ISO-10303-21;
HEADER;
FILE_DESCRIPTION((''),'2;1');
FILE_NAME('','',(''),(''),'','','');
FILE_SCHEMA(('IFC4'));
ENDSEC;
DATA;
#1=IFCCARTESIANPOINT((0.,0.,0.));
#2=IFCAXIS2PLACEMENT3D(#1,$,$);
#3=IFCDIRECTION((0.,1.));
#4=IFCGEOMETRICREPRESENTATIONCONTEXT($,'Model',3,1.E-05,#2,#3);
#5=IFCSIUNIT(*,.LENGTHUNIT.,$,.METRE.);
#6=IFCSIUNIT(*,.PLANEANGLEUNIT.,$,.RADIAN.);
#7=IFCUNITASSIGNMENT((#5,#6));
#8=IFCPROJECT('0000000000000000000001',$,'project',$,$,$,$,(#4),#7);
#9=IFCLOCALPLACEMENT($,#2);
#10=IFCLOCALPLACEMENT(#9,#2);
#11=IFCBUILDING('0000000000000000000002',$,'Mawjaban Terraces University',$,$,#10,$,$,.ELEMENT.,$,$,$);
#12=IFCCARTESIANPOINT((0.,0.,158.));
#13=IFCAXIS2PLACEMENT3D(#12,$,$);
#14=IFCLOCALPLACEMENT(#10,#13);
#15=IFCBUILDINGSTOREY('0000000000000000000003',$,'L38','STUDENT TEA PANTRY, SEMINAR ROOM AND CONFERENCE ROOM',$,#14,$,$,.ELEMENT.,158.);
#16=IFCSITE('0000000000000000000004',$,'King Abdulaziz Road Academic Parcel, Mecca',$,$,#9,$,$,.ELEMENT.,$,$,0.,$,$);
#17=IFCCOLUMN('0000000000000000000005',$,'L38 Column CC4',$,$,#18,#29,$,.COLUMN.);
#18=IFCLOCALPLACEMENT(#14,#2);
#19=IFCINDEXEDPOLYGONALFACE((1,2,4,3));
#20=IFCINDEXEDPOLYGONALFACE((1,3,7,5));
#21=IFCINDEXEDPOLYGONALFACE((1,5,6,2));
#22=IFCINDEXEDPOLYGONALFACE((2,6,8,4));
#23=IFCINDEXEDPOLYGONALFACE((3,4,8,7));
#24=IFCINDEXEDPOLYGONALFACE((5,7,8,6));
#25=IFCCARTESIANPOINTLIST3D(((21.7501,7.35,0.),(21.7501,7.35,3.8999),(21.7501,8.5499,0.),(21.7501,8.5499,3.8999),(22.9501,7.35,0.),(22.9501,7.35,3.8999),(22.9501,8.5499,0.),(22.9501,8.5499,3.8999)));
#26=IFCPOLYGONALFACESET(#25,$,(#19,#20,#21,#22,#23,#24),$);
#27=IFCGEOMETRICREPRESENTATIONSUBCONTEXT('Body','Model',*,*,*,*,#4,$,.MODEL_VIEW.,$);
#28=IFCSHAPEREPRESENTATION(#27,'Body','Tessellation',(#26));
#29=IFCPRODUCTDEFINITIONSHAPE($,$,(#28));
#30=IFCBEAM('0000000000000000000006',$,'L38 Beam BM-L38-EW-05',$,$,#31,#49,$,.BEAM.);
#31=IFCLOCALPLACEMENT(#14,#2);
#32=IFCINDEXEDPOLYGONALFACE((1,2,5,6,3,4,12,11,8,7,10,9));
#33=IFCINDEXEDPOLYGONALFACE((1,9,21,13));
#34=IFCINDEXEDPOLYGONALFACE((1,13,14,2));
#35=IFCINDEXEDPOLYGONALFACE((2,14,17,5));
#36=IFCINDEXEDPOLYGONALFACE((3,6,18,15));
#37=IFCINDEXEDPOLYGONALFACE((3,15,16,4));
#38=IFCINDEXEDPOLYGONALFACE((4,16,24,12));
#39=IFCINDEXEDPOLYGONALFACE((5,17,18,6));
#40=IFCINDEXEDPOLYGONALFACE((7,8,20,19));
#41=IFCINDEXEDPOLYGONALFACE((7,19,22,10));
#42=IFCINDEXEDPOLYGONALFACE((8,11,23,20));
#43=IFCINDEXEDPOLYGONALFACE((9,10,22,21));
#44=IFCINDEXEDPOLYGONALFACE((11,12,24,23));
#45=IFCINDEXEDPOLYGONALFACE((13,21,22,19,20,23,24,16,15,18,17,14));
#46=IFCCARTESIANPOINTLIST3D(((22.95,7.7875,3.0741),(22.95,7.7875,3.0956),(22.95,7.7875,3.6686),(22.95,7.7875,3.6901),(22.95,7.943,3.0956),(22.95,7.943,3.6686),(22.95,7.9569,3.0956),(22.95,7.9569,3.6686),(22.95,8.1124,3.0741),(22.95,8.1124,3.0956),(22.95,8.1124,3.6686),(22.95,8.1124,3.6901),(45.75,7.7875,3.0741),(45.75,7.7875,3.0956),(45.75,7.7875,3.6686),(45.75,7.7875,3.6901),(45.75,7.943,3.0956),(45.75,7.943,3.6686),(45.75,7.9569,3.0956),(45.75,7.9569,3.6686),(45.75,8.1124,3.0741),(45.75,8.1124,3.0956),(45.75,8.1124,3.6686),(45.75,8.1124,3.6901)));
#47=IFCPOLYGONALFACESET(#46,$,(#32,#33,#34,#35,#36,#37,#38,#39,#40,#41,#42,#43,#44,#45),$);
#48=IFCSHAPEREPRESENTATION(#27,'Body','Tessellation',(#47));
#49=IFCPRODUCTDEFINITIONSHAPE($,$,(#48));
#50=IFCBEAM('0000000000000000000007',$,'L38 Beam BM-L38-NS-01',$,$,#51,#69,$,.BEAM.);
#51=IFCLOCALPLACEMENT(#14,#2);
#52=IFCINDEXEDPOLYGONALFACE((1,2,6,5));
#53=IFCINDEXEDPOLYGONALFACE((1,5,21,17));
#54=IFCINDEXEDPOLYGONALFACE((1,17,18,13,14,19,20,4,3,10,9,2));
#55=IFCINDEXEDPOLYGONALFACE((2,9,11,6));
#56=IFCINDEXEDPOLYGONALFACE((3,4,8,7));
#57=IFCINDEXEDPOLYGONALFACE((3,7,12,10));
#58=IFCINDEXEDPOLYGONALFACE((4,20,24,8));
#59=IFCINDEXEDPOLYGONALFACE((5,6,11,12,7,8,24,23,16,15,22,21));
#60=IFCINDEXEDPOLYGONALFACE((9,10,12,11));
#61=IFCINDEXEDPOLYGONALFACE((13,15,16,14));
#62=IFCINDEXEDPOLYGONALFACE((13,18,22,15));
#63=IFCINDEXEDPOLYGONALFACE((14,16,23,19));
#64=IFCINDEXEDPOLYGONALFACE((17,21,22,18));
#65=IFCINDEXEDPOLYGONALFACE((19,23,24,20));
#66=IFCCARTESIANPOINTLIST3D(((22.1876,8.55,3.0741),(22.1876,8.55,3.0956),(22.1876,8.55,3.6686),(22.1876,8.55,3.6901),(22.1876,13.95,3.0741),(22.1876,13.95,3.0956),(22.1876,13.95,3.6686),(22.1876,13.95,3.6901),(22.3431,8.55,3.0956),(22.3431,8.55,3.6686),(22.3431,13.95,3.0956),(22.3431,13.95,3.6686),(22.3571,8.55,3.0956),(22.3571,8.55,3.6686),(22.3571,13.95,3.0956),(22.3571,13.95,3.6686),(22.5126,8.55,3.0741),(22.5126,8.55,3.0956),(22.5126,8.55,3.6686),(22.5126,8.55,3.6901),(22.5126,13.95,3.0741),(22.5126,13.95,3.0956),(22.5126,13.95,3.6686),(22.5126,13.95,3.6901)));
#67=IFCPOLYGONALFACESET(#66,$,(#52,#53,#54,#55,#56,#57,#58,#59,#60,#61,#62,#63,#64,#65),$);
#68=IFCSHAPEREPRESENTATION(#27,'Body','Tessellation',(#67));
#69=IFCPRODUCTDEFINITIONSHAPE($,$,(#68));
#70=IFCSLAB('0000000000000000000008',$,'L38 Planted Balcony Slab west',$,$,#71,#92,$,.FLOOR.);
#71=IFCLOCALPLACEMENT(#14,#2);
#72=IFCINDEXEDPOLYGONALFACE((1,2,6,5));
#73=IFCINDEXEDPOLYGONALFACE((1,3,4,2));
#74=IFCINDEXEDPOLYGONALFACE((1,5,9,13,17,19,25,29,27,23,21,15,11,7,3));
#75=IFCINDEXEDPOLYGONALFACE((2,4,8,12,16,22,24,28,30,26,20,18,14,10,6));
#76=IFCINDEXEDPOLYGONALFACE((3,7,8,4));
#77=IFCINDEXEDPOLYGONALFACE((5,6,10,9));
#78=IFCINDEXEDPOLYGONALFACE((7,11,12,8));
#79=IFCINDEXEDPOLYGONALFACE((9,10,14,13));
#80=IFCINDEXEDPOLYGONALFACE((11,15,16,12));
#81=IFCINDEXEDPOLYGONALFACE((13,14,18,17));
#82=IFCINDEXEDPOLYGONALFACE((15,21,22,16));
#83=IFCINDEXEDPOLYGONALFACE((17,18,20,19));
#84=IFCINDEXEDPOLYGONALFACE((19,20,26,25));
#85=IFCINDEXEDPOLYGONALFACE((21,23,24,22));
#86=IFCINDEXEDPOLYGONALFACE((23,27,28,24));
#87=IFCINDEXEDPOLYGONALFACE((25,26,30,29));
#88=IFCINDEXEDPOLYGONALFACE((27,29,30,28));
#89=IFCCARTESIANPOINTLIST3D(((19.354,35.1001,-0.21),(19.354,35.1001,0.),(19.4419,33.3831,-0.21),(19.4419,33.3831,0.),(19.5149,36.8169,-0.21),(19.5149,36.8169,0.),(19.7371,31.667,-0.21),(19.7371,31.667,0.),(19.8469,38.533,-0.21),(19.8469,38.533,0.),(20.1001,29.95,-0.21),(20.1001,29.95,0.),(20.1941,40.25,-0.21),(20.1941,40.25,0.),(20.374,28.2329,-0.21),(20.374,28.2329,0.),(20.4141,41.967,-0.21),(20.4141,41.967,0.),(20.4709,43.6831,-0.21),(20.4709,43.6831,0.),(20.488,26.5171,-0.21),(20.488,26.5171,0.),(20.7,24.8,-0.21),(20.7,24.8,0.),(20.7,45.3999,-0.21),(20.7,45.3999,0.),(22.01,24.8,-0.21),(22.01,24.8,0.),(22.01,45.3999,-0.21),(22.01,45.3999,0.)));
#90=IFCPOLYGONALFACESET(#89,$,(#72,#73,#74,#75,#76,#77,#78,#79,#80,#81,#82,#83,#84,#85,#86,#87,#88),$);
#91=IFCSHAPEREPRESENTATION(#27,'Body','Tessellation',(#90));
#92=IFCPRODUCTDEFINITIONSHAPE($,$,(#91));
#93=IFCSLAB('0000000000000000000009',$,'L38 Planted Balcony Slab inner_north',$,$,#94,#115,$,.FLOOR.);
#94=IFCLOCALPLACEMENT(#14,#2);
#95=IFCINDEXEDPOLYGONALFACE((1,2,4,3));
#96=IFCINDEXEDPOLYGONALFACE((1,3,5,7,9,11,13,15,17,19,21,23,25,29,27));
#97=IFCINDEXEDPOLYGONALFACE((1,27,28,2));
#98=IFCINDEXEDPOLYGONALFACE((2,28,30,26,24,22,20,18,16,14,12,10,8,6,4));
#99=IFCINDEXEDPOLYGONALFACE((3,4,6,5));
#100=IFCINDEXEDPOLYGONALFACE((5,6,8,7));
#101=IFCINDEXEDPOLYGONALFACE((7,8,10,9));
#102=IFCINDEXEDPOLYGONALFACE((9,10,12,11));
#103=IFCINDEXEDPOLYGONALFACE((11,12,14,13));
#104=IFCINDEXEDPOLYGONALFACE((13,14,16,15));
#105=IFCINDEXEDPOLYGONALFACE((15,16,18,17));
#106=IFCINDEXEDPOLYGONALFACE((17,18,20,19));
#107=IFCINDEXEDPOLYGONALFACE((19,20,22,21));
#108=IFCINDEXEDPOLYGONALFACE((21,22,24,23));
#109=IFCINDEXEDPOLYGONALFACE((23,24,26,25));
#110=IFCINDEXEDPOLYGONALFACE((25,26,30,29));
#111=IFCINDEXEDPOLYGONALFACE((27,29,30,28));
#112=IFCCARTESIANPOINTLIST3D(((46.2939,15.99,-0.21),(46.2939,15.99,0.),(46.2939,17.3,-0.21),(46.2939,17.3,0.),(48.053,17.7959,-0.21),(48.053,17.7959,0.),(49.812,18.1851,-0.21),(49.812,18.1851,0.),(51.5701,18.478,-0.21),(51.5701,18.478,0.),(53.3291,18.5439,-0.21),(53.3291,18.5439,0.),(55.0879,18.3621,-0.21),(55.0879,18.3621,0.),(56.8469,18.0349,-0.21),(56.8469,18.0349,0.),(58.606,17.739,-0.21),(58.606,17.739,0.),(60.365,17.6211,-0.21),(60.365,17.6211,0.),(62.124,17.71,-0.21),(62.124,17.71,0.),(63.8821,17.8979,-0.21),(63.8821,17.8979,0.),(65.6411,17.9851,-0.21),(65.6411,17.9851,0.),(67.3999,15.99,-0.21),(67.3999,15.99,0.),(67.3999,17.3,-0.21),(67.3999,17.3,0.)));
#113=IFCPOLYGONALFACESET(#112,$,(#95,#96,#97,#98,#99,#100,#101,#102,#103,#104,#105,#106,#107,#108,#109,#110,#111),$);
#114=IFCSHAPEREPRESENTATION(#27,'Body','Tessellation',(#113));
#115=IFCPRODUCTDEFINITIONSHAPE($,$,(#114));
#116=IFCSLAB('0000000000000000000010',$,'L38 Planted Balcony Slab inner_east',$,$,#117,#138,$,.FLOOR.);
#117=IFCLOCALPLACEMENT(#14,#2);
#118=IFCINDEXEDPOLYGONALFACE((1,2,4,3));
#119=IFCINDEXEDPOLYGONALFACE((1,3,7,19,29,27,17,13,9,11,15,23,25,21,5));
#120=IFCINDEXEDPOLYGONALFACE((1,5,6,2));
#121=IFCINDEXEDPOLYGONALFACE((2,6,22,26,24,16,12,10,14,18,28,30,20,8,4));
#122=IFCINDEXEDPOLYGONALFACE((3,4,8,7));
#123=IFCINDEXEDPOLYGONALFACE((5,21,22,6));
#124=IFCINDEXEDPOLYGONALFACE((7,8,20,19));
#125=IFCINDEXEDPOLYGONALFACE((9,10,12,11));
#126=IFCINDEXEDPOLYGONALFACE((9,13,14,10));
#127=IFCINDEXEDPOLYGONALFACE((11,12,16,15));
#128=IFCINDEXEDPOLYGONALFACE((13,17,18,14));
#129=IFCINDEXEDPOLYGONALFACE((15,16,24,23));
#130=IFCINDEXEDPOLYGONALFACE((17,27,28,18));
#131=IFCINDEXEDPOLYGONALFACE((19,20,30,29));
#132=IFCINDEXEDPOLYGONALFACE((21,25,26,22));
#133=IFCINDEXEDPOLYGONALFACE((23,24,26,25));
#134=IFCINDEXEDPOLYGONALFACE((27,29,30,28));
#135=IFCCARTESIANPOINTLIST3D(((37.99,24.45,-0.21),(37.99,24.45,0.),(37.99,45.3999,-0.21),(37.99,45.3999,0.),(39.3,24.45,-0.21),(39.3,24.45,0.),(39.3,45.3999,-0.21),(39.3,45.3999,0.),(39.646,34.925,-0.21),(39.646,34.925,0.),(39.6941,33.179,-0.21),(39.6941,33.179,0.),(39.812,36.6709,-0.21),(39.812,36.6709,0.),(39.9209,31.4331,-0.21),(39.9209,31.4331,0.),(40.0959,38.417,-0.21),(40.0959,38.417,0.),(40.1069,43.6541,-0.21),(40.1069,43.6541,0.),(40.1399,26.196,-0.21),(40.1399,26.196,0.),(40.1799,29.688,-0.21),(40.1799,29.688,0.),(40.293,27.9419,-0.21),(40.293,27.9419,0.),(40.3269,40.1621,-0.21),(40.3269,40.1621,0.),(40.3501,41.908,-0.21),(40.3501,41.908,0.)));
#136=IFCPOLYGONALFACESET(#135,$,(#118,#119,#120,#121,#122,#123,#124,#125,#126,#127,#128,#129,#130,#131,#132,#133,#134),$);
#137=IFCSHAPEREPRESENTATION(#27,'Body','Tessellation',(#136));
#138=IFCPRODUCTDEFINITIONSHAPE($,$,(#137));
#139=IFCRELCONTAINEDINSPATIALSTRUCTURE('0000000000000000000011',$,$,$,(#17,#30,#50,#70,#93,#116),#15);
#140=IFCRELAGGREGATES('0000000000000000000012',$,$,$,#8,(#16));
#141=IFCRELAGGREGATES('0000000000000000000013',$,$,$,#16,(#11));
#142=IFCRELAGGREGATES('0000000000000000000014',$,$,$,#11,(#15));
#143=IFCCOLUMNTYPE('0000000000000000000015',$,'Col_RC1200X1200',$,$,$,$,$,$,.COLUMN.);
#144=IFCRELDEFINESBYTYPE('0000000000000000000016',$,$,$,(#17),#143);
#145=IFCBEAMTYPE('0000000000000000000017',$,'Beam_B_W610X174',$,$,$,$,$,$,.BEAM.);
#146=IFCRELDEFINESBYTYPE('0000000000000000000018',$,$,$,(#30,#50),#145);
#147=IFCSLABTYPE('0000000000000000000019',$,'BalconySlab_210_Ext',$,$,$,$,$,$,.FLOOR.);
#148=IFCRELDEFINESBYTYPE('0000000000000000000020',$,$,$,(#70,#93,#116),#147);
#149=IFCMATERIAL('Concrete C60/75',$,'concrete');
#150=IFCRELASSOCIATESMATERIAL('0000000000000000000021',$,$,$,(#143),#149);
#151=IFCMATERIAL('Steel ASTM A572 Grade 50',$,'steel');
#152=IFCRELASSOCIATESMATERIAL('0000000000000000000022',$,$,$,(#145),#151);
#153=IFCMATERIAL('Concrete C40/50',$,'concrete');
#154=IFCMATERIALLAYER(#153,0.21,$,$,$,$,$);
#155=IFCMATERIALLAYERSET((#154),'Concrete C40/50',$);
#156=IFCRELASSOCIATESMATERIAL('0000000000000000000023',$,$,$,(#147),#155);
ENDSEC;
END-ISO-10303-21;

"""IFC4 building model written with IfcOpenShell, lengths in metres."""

from ifc_helpers import new_model, si_unit, direction, frame, origin, origin_2d, place, context, subcontext, project, spatial, polyline, rectangle, i_section, outline, extrude, material, layer, layer_set, material_profile, profile_set, type_object, element, save


model = new_model("IFC4")

# Units and contexts
model_context = context("Model", 3, precision=1e-05, world=origin(), true_north=direction((0.0, 1.0)))
body_context = subcontext(model_context, "Body", "Model", "MODEL_VIEW")
ifc_project = project(units=[si_unit("LENGTHUNIT", "METRE"), si_unit("PLANEANGLEUNIT", "RADIAN")], contexts=[model_context])

# Site, building, storey
site_placement = place(None, origin())
site = spatial("IfcSite", under=ifc_project, at=site_placement, Name="King Abdulaziz Road Academic Parcel, Mecca", CompositionType="ELEMENT", RefElevation=0.0)
building_placement = place(site_placement, origin())
building = spatial("IfcBuilding", under=site, at=building_placement, Name="Mawjaban Terraces University", CompositionType="ELEMENT")
storey_placement = place(building_placement, frame((0.0, 0.0, 158.0)))
storey = spatial("IfcBuildingStorey", under=building, at=storey_placement, Name="L38", Description="STUDENT TEA PANTRY, SEMINAR ROOM AND CONFERENCE ROOM", CompositionType="ELEMENT", Elevation=158.0)

# Column
ifc_material_1 = material(Name="Concrete C60/75", Category="concrete")
ifc_material_profile_1 = material_profile(ifc_material_1, rectangle(XDim=1.2, YDim=1.2, at=origin_2d()), Name="RC1200X1200")
ifc_profile_set_1 = profile_set([ifc_material_profile_1], Name="Concrete C60/75")
column_type = type_object("IfcColumnType", Name="Col_RC1200X1200", PredefinedType="COLUMN", material=ifc_profile_set_1)
column_placement = place(storey_placement, frame((22.3501, 7.95, 0.0), z_axis=(0.0, 0.0, 1.0), x_axis=(1.0, 0.0, 0.0)))
element("IfcColumn", 1, at=column_placement, inside=storey, type_object=column_type, Name="L38 Column CC4", PredefinedType="COLUMN", context=body_context, shape_type="SweptSolid", body=[
    extrude(rectangle(XDim=1.2, YDim=1.2, at=origin_2d()), origin(), (0.0, 0.0, 1.0), 3.8999),
])

# Beams
ifc_material_2 = material(Name="Steel ASTM A572 Grade 50", Category="steel")
ifc_material_profile_2 = material_profile(ifc_material_2, i_section(OverallWidth=0.325, OverallDepth=0.616, WebThickness=0.0139, FlangeThickness=0.0215, at=origin_2d()), Name="W610X174")
ifc_profile_set_2 = profile_set([ifc_material_profile_2], Name="Steel ASTM A572 Grade 50")
beam_type = type_object("IfcBeamType", Name="Beam_B_W610X174", PredefinedType="BEAM", material=ifc_profile_set_2)
beam_1_placement = place(storey_placement, frame((22.95, 7.95, 3.3821), z_axis=(1.0, 0.0, 0.0), x_axis=(0.0, 1.0, 0.0)))
element("IfcBeam", 2, at=beam_1_placement, inside=storey, type_object=beam_type, Name="L38 Beam BM-L38-EW-05", PredefinedType="BEAM", context=body_context, shape_type="SweptSolid", body=[
    extrude(i_section(OverallWidth=0.325, OverallDepth=0.616, WebThickness=0.0139, FlangeThickness=0.0215, at=origin_2d()), origin(), (0.0, 0.0, 1.0), 22.8),
])
beam_2_placement = place(storey_placement, frame((22.3501, 8.55, 3.3821), z_axis=(0.0, 1.0, 0.0), x_axis=(-1.0, 0.0, 0.0)))
element("IfcBeam", 3, at=beam_2_placement, inside=storey, type_object=beam_type, Name="L38 Beam BM-L38-NS-01", PredefinedType="BEAM", context=body_context, shape_type="SweptSolid", body=[
    extrude(i_section(OverallWidth=0.325, OverallDepth=0.616, WebThickness=0.0139, FlangeThickness=0.0215, at=origin_2d()), origin(), (0.0, 0.0, 1.0), 5.3999),
])

# Slabs
ifc_material_3 = material(Name="Concrete C40/50", Category="concrete")
ifc_layer_1 = layer(ifc_material_3, 0.21)
ifc_layer_set_1 = layer_set([ifc_layer_1], Name="Concrete C40/50")
slab_type_1 = type_object("IfcSlabType", Name="BalconySlab_210_Ext", PredefinedType="FLOOR", material=ifc_layer_set_1)
slab_1_placement = place(storey_placement, frame((0.0, 0.0, -0.21)))
element("IfcSlab", 4, at=slab_1_placement, inside=storey, type_object=slab_type_1, Name="L38 Planted Balcony Slab west", PredefinedType="FLOOR", context=body_context, shape_type="SweptSolid", body=[
    extrude(outline(polyline([(22.01, 24.8), (22.01, 45.3999), (20.7, 45.3999), (20.4709, 43.6831), (20.4141, 41.967), (20.1941, 40.25), (19.8469, 38.533), (19.5149, 36.8169), (19.354, 35.1001), (19.4419, 33.3831), (19.7371, 31.667), (20.1001, 29.95), (20.374, 28.2329), (20.488, 26.5171), (20.7, 24.8), (22.01, 24.8)])), origin(), (0.0, 0.0, 1.0), 0.21),
])
slab_2_placement = place(storey_placement, frame((0.0, 0.0, -0.21)))
element("IfcSlab", 5, at=slab_2_placement, inside=storey, type_object=slab_type_1, Name="L38 Planted Balcony Slab inner_north", PredefinedType="FLOOR", context=body_context, shape_type="SweptSolid", body=[
    extrude(outline(polyline([(46.2939, 15.99), (67.3999, 15.99), (67.3999, 17.3), (65.6411, 17.9851), (63.8821, 17.8979), (62.124, 17.71), (60.365, 17.6211), (58.606, 17.739), (56.8469, 18.0349), (55.0879, 18.3621), (53.3291, 18.5439), (51.5701, 18.478), (49.812, 18.1851), (48.053, 17.7959), (46.2939, 17.3), (46.2939, 15.99)])), origin(), (0.0, 0.0, 1.0), 0.21),
])
slab_3_placement = place(storey_placement, frame((0.0, 0.0, -0.21)))
element("IfcSlab", 6, at=slab_3_placement, inside=storey, type_object=slab_type_1, Name="L38 Planted Balcony Slab inner_east", PredefinedType="FLOOR", context=body_context, shape_type="SweptSolid", body=[
    extrude(outline(polyline([(39.3, 24.45), (40.1399, 26.196), (40.293, 27.9419), (40.1799, 29.688), (39.9209, 31.4331), (39.6941, 33.179), (39.646, 34.925), (39.812, 36.6709), (40.0959, 38.417), (40.3269, 40.1621), (40.3501, 41.908), (40.1069, 43.6541), (39.3, 45.3999), (37.99, 45.3999), (37.99, 24.45), (39.3, 24.45)])), origin(), (0.0, 0.0, 1.0), 0.21),
])

save(model, "model.ifc")
